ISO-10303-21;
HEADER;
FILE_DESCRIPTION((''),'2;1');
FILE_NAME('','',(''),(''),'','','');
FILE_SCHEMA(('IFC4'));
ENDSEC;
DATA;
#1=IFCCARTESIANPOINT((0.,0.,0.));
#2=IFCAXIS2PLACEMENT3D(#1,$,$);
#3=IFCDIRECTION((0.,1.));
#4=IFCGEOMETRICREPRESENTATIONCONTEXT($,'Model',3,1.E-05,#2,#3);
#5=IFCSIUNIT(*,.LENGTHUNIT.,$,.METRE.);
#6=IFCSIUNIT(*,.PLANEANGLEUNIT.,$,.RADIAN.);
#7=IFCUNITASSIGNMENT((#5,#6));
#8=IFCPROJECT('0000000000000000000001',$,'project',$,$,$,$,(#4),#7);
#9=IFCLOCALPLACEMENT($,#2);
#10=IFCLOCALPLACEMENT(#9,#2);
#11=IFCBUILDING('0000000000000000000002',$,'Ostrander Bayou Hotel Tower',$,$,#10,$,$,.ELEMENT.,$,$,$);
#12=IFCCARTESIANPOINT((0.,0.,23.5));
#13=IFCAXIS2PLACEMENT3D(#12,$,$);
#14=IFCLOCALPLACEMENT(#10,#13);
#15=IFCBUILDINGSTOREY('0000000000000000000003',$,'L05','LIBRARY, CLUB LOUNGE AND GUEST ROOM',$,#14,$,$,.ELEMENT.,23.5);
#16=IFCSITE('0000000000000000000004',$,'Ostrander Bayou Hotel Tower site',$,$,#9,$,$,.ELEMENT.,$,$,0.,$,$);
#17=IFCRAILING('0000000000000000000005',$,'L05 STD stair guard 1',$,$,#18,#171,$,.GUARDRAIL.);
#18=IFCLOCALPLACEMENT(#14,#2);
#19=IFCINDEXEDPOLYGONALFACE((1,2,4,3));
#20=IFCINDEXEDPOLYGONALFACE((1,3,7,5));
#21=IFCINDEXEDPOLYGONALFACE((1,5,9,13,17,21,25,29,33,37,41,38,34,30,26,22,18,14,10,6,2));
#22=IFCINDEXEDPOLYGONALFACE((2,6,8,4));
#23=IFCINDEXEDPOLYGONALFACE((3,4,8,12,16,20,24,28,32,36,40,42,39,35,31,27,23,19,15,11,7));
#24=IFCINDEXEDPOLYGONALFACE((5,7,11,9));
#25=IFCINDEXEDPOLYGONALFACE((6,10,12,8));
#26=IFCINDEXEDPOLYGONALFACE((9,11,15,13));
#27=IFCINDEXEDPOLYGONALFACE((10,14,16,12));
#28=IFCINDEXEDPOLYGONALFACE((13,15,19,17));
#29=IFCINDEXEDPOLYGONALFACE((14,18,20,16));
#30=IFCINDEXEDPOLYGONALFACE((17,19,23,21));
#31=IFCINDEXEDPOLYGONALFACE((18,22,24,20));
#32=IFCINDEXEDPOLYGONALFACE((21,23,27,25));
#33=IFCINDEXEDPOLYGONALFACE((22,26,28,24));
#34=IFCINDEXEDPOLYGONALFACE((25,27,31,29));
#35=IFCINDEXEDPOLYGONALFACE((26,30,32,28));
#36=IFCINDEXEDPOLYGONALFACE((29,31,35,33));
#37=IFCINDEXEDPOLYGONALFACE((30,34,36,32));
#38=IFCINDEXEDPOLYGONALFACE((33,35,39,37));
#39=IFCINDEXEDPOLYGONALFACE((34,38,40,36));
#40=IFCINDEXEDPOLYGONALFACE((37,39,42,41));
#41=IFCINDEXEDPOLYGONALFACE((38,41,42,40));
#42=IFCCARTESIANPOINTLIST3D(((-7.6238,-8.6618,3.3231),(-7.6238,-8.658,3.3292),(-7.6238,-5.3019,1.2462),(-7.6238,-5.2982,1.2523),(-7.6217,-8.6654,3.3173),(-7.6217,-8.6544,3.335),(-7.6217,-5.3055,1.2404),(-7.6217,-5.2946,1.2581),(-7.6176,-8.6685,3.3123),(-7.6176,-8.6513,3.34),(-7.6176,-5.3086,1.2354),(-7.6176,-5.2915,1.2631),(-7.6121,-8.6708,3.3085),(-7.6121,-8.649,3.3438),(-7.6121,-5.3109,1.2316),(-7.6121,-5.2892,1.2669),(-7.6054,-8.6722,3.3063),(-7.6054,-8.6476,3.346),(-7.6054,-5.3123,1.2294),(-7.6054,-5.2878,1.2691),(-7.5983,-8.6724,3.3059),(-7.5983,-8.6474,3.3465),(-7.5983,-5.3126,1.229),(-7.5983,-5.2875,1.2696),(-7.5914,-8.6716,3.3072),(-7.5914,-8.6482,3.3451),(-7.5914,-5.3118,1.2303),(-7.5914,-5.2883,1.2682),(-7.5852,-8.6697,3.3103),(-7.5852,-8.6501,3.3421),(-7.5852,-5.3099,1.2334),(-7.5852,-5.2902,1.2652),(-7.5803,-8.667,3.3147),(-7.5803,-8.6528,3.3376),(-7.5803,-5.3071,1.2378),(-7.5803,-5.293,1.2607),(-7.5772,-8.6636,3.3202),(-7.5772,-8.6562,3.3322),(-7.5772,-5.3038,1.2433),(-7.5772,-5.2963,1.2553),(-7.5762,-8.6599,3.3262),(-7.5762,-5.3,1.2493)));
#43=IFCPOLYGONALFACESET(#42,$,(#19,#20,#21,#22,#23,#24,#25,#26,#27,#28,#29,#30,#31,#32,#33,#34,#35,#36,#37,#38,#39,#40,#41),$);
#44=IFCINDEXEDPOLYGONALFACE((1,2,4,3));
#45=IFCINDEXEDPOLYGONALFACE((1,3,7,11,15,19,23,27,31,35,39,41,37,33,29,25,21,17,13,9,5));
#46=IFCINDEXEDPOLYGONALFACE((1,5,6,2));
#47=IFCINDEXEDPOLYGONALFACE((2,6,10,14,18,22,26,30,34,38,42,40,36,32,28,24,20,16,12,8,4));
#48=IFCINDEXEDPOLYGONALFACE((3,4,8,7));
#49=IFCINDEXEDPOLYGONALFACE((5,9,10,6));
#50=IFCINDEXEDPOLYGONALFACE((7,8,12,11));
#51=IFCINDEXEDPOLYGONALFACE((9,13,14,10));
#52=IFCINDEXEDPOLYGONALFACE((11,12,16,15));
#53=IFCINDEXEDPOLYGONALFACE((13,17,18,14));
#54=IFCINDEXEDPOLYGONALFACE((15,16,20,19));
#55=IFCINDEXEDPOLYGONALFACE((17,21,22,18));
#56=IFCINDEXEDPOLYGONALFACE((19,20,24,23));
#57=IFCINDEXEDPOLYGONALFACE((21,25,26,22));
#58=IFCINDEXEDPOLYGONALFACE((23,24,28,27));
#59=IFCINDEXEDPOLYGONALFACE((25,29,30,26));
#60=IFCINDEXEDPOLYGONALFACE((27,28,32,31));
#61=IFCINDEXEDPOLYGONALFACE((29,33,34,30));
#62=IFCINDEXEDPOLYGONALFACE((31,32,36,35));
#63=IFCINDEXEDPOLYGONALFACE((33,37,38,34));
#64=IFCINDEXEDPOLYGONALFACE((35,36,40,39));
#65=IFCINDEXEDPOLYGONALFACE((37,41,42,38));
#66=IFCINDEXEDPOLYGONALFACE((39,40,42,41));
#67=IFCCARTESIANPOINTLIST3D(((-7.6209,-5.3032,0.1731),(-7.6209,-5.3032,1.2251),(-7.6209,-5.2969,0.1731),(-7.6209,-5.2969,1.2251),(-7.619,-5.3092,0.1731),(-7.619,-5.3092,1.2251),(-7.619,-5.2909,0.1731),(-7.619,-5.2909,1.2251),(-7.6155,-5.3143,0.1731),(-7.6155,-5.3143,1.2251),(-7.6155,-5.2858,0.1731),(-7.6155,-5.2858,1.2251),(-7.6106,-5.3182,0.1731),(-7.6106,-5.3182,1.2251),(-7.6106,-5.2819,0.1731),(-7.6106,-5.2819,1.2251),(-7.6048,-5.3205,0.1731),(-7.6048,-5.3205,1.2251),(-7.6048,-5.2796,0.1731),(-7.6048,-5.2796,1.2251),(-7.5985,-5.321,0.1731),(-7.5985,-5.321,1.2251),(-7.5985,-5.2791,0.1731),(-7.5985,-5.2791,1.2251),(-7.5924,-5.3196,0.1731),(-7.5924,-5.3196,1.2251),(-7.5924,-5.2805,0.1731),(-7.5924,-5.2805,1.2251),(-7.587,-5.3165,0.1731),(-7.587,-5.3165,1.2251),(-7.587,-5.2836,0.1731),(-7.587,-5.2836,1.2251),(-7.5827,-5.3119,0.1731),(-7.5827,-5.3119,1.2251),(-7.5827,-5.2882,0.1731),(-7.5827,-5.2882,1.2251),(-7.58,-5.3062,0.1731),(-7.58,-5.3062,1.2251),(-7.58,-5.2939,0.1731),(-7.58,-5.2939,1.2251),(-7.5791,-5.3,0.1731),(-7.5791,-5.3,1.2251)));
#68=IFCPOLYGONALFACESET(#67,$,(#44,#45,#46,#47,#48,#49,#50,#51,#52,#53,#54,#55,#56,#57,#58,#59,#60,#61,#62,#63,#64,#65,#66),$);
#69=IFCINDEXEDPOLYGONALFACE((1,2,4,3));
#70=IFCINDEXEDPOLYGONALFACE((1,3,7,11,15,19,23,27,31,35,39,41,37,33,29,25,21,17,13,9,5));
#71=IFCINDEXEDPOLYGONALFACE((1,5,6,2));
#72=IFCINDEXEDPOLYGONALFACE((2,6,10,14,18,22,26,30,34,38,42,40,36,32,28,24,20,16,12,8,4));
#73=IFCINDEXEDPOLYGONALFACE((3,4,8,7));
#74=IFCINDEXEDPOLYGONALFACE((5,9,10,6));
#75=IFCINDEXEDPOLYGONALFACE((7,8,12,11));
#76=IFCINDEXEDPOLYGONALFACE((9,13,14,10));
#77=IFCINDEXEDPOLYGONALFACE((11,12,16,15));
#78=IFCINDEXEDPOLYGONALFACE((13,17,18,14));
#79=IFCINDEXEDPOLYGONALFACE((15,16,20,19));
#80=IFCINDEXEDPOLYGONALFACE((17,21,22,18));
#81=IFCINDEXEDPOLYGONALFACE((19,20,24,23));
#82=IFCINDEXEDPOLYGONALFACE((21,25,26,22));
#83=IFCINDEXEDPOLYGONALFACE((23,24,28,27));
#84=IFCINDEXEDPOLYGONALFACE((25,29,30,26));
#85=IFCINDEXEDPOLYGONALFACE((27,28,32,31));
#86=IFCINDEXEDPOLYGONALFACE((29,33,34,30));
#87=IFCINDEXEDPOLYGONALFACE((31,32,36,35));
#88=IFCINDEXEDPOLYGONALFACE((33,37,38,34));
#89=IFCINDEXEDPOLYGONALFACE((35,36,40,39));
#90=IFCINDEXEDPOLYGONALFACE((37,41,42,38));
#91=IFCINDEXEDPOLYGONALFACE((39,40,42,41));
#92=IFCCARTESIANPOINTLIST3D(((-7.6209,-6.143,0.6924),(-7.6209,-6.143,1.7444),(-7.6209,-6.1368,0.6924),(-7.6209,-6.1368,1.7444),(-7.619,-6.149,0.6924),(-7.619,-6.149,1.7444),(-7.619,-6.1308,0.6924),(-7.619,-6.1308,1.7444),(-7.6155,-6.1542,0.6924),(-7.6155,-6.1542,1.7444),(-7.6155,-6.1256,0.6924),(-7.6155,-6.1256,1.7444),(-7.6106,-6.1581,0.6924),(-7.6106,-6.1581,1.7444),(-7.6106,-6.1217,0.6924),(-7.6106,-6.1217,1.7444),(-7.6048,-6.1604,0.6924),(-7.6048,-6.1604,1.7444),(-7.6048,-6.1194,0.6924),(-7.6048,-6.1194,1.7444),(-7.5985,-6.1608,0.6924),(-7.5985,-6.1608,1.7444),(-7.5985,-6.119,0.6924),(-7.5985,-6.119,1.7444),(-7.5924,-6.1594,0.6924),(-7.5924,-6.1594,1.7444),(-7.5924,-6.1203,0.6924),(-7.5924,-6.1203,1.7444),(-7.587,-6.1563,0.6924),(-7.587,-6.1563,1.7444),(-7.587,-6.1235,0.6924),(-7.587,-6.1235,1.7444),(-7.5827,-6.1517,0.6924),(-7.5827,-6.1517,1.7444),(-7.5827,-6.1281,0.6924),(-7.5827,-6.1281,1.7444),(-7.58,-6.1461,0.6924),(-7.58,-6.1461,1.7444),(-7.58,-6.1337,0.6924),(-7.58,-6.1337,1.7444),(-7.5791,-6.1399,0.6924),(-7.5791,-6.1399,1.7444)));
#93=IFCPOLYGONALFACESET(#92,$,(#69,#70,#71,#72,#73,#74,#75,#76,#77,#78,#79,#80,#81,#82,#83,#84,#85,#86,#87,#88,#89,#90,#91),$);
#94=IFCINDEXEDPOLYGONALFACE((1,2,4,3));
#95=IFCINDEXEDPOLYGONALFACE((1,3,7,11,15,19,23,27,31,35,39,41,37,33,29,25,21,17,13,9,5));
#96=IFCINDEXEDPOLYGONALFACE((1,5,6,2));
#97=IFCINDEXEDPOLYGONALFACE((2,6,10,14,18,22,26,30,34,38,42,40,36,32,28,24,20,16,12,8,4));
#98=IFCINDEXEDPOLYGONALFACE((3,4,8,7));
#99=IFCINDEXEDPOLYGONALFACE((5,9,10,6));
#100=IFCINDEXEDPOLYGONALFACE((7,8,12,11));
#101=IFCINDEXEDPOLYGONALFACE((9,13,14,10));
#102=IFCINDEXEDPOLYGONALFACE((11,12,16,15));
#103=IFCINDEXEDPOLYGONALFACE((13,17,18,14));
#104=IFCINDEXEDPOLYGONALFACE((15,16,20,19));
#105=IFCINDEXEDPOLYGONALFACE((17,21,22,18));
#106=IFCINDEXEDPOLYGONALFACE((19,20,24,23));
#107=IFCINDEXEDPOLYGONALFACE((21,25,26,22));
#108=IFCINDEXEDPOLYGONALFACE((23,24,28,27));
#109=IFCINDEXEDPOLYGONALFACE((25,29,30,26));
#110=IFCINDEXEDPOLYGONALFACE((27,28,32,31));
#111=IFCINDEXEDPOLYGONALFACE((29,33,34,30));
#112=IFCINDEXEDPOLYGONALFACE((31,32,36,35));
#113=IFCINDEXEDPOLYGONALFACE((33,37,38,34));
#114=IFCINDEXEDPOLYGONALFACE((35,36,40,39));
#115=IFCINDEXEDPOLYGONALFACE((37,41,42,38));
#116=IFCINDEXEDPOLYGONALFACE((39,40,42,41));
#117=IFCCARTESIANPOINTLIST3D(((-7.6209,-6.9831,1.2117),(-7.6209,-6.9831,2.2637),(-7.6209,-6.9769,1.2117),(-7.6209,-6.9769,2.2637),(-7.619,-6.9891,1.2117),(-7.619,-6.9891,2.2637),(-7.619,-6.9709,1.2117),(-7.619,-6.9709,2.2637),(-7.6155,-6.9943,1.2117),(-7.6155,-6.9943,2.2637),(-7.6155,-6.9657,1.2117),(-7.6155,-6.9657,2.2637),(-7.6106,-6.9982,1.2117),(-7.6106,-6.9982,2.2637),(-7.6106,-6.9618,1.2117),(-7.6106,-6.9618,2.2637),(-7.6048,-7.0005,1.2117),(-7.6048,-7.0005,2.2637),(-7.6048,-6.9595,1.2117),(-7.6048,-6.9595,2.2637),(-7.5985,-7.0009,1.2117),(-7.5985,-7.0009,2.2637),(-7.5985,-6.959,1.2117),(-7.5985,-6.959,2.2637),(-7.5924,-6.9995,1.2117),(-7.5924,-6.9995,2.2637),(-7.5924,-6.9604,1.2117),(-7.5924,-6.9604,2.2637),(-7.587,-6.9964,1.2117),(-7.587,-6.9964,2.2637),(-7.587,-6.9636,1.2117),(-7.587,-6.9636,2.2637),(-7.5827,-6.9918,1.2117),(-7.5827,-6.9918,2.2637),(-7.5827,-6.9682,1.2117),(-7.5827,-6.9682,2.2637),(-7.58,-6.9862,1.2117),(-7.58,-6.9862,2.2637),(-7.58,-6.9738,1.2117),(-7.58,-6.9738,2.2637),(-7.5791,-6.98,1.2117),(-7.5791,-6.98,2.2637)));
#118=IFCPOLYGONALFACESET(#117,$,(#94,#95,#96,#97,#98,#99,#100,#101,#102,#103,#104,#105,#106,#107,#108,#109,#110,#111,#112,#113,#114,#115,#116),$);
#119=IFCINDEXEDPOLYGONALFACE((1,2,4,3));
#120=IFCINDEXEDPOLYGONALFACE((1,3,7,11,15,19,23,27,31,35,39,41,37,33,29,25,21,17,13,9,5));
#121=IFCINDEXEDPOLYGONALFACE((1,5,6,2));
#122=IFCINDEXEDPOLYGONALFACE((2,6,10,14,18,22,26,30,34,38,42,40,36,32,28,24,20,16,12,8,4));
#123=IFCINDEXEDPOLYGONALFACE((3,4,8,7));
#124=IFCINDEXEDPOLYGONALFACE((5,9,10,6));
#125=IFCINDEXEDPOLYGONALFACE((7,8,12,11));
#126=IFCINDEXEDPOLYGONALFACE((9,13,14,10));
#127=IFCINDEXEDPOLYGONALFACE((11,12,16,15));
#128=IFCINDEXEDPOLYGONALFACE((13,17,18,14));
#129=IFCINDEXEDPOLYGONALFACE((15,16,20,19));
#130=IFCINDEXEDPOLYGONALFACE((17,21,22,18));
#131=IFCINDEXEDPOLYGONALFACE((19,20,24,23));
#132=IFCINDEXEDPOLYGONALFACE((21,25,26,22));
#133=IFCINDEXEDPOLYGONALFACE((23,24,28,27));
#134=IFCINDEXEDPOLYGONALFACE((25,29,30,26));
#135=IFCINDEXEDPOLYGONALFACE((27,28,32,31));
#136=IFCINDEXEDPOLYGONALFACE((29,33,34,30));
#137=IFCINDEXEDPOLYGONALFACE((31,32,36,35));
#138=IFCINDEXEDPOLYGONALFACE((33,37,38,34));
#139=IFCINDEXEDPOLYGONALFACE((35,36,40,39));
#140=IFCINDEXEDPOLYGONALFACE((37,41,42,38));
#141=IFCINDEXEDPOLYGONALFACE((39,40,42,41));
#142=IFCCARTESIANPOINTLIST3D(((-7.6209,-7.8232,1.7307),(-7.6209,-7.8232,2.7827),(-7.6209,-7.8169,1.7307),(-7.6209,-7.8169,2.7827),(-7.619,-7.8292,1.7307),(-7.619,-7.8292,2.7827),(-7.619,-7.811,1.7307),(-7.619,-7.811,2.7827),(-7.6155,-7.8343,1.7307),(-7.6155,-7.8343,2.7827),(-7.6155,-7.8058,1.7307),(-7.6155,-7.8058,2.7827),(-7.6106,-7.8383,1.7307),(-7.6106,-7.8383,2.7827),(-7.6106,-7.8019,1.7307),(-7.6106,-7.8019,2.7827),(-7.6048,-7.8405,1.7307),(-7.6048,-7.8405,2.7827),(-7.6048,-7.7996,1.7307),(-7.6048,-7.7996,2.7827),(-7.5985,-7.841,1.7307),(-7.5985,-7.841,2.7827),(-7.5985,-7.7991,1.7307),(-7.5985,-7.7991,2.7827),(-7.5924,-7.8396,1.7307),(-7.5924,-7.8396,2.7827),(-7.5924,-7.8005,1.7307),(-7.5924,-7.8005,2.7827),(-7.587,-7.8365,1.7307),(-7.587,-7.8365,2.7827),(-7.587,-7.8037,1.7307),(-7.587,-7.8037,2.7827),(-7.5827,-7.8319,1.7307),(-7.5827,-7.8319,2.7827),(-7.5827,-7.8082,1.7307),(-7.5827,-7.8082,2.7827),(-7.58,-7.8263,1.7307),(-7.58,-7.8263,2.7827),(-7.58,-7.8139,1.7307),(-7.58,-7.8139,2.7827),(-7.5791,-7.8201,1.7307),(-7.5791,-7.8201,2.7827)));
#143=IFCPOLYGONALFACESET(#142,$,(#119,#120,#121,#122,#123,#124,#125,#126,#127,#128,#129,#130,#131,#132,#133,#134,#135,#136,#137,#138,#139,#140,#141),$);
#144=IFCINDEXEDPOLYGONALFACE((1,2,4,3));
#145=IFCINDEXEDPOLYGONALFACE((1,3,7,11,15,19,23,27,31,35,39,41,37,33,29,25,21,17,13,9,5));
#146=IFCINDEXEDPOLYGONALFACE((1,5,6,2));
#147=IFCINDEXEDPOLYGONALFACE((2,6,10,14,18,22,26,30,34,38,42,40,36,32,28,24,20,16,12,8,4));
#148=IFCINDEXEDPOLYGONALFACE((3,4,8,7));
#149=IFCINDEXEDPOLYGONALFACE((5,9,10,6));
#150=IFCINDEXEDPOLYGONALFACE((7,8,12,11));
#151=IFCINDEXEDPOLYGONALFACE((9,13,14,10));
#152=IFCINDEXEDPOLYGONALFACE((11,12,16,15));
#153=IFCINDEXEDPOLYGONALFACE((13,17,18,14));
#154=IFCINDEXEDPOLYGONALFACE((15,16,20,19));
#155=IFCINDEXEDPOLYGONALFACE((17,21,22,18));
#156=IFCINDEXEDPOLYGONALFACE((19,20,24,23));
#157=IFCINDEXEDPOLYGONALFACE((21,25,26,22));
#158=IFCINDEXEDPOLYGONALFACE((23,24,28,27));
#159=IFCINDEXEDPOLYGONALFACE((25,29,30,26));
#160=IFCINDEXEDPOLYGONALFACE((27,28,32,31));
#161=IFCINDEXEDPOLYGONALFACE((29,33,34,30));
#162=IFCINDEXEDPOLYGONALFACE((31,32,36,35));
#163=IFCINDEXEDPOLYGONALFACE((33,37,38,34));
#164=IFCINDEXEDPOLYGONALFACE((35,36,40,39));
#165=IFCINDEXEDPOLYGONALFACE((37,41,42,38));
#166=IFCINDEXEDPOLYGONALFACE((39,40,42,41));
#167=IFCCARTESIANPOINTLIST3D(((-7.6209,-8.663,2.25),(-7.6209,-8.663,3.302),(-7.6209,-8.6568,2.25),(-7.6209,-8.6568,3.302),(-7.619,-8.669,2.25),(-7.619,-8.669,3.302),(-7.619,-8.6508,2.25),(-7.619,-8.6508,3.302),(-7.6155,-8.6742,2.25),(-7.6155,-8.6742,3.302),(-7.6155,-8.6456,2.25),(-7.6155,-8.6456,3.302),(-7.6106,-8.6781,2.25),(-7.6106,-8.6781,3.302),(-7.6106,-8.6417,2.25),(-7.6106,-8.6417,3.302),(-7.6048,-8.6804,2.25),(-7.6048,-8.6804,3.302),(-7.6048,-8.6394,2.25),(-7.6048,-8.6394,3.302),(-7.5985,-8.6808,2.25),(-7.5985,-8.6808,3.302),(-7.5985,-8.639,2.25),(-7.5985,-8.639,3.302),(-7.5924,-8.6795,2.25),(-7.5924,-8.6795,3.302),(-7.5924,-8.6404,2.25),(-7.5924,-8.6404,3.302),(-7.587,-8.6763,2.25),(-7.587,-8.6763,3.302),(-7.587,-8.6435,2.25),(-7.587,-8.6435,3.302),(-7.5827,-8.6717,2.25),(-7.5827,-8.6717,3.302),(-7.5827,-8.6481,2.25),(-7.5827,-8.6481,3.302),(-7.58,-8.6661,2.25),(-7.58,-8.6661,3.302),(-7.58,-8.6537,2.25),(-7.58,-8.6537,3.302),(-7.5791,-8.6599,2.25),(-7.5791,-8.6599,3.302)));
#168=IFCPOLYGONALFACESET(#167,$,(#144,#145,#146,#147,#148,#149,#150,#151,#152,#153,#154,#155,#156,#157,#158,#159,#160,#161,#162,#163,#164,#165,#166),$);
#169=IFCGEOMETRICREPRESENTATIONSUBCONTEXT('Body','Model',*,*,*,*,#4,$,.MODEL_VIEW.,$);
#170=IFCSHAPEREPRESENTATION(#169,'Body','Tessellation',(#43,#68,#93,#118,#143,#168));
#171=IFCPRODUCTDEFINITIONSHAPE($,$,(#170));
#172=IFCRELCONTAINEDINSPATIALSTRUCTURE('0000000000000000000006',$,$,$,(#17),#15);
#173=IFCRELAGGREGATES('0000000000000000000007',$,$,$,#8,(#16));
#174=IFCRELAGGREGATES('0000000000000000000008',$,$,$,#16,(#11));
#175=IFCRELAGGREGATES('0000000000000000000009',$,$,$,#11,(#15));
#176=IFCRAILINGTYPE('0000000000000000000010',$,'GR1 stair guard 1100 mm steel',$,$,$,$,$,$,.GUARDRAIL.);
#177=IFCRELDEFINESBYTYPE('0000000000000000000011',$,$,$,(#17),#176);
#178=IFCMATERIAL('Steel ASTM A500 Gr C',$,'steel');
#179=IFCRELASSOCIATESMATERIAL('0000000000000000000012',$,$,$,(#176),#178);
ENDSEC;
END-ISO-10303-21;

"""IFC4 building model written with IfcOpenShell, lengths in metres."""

from ifc_helpers import new_model, si_unit, direction, frame, origin, origin_2d, place, context, subcontext, project, spatial, circle, extrude, material, type_object, element, save


model = new_model("IFC4")

# Units and contexts
model_context = context("Model", 3, precision=1e-05, world=origin(), true_north=direction((0.0, 1.0)))
body_context = subcontext(model_context, "Body", "Model", "MODEL_VIEW")
ifc_project = project(units=[si_unit("LENGTHUNIT", "METRE"), si_unit("PLANEANGLEUNIT", "RADIAN")], contexts=[model_context])

# Site, building, storey
site_placement = place(None, origin())
site = spatial("IfcSite", under=ifc_project, at=site_placement, Name="Ostrander Bayou Hotel Tower site", CompositionType="ELEMENT", RefElevation=0.0)
building_placement = place(site_placement, origin())
building = spatial("IfcBuilding", under=site, at=building_placement, Name="Ostrander Bayou Hotel Tower", CompositionType="ELEMENT")
storey_placement = place(building_placement, frame((0.0, 0.0, 23.5)))
storey = spatial("IfcBuildingStorey", under=building, at=storey_placement, Name="L05", Description="LIBRARY, CLUB LOUNGE AND GUEST ROOM", CompositionType="ELEMENT", Elevation=23.5)

# Railing
ifc_material_1 = material(Name="Steel ASTM A500 Gr C", Category="steel")
railing_type_1 = type_object("IfcRailingType", Name="GR1 stair guard 1100 mm steel", PredefinedType="GUARDRAIL", material=ifc_material_1)
railing_1_placement = place(storey_placement, frame((-7.6001, -5.3, 0.1731)))
element("IfcRailing", 1, at=railing_1_placement, inside=storey, type_object=railing_type_1, Name="L05 STD stair guard 1", PredefinedType="GUARDRAIL", context=body_context, shape_type="SweptSolid", body=[
    extrude(circle(Radius=0.0239, at=origin_2d()), frame((0.0, 0.0, 1.0762), z_axis=(0.0, -0.850606, 0.525803), x_axis=(1.0, 0.0, 0.0)), (0.0, 0.0, 1.0), 3.95),
    extrude(circle(Radius=0.021, at=origin_2d()), origin(), (0.0, 0.0, 1.0), 1.052),
    extrude(circle(Radius=0.021, at=origin_2d()), frame((0.0, -0.8398, 0.5193)), (0.0, 0.0, 1.0), 1.052),
    extrude(circle(Radius=0.021, at=origin_2d()), frame((0.0, -1.6799, 1.0386)), (0.0, 0.0, 1.0), 1.052),
    extrude(circle(Radius=0.021, at=origin_2d()), frame((0.0, -2.52, 1.5576)), (0.0, 0.0, 1.0), 1.052),
    extrude(circle(Radius=0.021, at=origin_2d()), frame((0.0, -3.3599, 2.0769)), (0.0, 0.0, 1.0), 1.052),
])

save(model, "model.ifc")
